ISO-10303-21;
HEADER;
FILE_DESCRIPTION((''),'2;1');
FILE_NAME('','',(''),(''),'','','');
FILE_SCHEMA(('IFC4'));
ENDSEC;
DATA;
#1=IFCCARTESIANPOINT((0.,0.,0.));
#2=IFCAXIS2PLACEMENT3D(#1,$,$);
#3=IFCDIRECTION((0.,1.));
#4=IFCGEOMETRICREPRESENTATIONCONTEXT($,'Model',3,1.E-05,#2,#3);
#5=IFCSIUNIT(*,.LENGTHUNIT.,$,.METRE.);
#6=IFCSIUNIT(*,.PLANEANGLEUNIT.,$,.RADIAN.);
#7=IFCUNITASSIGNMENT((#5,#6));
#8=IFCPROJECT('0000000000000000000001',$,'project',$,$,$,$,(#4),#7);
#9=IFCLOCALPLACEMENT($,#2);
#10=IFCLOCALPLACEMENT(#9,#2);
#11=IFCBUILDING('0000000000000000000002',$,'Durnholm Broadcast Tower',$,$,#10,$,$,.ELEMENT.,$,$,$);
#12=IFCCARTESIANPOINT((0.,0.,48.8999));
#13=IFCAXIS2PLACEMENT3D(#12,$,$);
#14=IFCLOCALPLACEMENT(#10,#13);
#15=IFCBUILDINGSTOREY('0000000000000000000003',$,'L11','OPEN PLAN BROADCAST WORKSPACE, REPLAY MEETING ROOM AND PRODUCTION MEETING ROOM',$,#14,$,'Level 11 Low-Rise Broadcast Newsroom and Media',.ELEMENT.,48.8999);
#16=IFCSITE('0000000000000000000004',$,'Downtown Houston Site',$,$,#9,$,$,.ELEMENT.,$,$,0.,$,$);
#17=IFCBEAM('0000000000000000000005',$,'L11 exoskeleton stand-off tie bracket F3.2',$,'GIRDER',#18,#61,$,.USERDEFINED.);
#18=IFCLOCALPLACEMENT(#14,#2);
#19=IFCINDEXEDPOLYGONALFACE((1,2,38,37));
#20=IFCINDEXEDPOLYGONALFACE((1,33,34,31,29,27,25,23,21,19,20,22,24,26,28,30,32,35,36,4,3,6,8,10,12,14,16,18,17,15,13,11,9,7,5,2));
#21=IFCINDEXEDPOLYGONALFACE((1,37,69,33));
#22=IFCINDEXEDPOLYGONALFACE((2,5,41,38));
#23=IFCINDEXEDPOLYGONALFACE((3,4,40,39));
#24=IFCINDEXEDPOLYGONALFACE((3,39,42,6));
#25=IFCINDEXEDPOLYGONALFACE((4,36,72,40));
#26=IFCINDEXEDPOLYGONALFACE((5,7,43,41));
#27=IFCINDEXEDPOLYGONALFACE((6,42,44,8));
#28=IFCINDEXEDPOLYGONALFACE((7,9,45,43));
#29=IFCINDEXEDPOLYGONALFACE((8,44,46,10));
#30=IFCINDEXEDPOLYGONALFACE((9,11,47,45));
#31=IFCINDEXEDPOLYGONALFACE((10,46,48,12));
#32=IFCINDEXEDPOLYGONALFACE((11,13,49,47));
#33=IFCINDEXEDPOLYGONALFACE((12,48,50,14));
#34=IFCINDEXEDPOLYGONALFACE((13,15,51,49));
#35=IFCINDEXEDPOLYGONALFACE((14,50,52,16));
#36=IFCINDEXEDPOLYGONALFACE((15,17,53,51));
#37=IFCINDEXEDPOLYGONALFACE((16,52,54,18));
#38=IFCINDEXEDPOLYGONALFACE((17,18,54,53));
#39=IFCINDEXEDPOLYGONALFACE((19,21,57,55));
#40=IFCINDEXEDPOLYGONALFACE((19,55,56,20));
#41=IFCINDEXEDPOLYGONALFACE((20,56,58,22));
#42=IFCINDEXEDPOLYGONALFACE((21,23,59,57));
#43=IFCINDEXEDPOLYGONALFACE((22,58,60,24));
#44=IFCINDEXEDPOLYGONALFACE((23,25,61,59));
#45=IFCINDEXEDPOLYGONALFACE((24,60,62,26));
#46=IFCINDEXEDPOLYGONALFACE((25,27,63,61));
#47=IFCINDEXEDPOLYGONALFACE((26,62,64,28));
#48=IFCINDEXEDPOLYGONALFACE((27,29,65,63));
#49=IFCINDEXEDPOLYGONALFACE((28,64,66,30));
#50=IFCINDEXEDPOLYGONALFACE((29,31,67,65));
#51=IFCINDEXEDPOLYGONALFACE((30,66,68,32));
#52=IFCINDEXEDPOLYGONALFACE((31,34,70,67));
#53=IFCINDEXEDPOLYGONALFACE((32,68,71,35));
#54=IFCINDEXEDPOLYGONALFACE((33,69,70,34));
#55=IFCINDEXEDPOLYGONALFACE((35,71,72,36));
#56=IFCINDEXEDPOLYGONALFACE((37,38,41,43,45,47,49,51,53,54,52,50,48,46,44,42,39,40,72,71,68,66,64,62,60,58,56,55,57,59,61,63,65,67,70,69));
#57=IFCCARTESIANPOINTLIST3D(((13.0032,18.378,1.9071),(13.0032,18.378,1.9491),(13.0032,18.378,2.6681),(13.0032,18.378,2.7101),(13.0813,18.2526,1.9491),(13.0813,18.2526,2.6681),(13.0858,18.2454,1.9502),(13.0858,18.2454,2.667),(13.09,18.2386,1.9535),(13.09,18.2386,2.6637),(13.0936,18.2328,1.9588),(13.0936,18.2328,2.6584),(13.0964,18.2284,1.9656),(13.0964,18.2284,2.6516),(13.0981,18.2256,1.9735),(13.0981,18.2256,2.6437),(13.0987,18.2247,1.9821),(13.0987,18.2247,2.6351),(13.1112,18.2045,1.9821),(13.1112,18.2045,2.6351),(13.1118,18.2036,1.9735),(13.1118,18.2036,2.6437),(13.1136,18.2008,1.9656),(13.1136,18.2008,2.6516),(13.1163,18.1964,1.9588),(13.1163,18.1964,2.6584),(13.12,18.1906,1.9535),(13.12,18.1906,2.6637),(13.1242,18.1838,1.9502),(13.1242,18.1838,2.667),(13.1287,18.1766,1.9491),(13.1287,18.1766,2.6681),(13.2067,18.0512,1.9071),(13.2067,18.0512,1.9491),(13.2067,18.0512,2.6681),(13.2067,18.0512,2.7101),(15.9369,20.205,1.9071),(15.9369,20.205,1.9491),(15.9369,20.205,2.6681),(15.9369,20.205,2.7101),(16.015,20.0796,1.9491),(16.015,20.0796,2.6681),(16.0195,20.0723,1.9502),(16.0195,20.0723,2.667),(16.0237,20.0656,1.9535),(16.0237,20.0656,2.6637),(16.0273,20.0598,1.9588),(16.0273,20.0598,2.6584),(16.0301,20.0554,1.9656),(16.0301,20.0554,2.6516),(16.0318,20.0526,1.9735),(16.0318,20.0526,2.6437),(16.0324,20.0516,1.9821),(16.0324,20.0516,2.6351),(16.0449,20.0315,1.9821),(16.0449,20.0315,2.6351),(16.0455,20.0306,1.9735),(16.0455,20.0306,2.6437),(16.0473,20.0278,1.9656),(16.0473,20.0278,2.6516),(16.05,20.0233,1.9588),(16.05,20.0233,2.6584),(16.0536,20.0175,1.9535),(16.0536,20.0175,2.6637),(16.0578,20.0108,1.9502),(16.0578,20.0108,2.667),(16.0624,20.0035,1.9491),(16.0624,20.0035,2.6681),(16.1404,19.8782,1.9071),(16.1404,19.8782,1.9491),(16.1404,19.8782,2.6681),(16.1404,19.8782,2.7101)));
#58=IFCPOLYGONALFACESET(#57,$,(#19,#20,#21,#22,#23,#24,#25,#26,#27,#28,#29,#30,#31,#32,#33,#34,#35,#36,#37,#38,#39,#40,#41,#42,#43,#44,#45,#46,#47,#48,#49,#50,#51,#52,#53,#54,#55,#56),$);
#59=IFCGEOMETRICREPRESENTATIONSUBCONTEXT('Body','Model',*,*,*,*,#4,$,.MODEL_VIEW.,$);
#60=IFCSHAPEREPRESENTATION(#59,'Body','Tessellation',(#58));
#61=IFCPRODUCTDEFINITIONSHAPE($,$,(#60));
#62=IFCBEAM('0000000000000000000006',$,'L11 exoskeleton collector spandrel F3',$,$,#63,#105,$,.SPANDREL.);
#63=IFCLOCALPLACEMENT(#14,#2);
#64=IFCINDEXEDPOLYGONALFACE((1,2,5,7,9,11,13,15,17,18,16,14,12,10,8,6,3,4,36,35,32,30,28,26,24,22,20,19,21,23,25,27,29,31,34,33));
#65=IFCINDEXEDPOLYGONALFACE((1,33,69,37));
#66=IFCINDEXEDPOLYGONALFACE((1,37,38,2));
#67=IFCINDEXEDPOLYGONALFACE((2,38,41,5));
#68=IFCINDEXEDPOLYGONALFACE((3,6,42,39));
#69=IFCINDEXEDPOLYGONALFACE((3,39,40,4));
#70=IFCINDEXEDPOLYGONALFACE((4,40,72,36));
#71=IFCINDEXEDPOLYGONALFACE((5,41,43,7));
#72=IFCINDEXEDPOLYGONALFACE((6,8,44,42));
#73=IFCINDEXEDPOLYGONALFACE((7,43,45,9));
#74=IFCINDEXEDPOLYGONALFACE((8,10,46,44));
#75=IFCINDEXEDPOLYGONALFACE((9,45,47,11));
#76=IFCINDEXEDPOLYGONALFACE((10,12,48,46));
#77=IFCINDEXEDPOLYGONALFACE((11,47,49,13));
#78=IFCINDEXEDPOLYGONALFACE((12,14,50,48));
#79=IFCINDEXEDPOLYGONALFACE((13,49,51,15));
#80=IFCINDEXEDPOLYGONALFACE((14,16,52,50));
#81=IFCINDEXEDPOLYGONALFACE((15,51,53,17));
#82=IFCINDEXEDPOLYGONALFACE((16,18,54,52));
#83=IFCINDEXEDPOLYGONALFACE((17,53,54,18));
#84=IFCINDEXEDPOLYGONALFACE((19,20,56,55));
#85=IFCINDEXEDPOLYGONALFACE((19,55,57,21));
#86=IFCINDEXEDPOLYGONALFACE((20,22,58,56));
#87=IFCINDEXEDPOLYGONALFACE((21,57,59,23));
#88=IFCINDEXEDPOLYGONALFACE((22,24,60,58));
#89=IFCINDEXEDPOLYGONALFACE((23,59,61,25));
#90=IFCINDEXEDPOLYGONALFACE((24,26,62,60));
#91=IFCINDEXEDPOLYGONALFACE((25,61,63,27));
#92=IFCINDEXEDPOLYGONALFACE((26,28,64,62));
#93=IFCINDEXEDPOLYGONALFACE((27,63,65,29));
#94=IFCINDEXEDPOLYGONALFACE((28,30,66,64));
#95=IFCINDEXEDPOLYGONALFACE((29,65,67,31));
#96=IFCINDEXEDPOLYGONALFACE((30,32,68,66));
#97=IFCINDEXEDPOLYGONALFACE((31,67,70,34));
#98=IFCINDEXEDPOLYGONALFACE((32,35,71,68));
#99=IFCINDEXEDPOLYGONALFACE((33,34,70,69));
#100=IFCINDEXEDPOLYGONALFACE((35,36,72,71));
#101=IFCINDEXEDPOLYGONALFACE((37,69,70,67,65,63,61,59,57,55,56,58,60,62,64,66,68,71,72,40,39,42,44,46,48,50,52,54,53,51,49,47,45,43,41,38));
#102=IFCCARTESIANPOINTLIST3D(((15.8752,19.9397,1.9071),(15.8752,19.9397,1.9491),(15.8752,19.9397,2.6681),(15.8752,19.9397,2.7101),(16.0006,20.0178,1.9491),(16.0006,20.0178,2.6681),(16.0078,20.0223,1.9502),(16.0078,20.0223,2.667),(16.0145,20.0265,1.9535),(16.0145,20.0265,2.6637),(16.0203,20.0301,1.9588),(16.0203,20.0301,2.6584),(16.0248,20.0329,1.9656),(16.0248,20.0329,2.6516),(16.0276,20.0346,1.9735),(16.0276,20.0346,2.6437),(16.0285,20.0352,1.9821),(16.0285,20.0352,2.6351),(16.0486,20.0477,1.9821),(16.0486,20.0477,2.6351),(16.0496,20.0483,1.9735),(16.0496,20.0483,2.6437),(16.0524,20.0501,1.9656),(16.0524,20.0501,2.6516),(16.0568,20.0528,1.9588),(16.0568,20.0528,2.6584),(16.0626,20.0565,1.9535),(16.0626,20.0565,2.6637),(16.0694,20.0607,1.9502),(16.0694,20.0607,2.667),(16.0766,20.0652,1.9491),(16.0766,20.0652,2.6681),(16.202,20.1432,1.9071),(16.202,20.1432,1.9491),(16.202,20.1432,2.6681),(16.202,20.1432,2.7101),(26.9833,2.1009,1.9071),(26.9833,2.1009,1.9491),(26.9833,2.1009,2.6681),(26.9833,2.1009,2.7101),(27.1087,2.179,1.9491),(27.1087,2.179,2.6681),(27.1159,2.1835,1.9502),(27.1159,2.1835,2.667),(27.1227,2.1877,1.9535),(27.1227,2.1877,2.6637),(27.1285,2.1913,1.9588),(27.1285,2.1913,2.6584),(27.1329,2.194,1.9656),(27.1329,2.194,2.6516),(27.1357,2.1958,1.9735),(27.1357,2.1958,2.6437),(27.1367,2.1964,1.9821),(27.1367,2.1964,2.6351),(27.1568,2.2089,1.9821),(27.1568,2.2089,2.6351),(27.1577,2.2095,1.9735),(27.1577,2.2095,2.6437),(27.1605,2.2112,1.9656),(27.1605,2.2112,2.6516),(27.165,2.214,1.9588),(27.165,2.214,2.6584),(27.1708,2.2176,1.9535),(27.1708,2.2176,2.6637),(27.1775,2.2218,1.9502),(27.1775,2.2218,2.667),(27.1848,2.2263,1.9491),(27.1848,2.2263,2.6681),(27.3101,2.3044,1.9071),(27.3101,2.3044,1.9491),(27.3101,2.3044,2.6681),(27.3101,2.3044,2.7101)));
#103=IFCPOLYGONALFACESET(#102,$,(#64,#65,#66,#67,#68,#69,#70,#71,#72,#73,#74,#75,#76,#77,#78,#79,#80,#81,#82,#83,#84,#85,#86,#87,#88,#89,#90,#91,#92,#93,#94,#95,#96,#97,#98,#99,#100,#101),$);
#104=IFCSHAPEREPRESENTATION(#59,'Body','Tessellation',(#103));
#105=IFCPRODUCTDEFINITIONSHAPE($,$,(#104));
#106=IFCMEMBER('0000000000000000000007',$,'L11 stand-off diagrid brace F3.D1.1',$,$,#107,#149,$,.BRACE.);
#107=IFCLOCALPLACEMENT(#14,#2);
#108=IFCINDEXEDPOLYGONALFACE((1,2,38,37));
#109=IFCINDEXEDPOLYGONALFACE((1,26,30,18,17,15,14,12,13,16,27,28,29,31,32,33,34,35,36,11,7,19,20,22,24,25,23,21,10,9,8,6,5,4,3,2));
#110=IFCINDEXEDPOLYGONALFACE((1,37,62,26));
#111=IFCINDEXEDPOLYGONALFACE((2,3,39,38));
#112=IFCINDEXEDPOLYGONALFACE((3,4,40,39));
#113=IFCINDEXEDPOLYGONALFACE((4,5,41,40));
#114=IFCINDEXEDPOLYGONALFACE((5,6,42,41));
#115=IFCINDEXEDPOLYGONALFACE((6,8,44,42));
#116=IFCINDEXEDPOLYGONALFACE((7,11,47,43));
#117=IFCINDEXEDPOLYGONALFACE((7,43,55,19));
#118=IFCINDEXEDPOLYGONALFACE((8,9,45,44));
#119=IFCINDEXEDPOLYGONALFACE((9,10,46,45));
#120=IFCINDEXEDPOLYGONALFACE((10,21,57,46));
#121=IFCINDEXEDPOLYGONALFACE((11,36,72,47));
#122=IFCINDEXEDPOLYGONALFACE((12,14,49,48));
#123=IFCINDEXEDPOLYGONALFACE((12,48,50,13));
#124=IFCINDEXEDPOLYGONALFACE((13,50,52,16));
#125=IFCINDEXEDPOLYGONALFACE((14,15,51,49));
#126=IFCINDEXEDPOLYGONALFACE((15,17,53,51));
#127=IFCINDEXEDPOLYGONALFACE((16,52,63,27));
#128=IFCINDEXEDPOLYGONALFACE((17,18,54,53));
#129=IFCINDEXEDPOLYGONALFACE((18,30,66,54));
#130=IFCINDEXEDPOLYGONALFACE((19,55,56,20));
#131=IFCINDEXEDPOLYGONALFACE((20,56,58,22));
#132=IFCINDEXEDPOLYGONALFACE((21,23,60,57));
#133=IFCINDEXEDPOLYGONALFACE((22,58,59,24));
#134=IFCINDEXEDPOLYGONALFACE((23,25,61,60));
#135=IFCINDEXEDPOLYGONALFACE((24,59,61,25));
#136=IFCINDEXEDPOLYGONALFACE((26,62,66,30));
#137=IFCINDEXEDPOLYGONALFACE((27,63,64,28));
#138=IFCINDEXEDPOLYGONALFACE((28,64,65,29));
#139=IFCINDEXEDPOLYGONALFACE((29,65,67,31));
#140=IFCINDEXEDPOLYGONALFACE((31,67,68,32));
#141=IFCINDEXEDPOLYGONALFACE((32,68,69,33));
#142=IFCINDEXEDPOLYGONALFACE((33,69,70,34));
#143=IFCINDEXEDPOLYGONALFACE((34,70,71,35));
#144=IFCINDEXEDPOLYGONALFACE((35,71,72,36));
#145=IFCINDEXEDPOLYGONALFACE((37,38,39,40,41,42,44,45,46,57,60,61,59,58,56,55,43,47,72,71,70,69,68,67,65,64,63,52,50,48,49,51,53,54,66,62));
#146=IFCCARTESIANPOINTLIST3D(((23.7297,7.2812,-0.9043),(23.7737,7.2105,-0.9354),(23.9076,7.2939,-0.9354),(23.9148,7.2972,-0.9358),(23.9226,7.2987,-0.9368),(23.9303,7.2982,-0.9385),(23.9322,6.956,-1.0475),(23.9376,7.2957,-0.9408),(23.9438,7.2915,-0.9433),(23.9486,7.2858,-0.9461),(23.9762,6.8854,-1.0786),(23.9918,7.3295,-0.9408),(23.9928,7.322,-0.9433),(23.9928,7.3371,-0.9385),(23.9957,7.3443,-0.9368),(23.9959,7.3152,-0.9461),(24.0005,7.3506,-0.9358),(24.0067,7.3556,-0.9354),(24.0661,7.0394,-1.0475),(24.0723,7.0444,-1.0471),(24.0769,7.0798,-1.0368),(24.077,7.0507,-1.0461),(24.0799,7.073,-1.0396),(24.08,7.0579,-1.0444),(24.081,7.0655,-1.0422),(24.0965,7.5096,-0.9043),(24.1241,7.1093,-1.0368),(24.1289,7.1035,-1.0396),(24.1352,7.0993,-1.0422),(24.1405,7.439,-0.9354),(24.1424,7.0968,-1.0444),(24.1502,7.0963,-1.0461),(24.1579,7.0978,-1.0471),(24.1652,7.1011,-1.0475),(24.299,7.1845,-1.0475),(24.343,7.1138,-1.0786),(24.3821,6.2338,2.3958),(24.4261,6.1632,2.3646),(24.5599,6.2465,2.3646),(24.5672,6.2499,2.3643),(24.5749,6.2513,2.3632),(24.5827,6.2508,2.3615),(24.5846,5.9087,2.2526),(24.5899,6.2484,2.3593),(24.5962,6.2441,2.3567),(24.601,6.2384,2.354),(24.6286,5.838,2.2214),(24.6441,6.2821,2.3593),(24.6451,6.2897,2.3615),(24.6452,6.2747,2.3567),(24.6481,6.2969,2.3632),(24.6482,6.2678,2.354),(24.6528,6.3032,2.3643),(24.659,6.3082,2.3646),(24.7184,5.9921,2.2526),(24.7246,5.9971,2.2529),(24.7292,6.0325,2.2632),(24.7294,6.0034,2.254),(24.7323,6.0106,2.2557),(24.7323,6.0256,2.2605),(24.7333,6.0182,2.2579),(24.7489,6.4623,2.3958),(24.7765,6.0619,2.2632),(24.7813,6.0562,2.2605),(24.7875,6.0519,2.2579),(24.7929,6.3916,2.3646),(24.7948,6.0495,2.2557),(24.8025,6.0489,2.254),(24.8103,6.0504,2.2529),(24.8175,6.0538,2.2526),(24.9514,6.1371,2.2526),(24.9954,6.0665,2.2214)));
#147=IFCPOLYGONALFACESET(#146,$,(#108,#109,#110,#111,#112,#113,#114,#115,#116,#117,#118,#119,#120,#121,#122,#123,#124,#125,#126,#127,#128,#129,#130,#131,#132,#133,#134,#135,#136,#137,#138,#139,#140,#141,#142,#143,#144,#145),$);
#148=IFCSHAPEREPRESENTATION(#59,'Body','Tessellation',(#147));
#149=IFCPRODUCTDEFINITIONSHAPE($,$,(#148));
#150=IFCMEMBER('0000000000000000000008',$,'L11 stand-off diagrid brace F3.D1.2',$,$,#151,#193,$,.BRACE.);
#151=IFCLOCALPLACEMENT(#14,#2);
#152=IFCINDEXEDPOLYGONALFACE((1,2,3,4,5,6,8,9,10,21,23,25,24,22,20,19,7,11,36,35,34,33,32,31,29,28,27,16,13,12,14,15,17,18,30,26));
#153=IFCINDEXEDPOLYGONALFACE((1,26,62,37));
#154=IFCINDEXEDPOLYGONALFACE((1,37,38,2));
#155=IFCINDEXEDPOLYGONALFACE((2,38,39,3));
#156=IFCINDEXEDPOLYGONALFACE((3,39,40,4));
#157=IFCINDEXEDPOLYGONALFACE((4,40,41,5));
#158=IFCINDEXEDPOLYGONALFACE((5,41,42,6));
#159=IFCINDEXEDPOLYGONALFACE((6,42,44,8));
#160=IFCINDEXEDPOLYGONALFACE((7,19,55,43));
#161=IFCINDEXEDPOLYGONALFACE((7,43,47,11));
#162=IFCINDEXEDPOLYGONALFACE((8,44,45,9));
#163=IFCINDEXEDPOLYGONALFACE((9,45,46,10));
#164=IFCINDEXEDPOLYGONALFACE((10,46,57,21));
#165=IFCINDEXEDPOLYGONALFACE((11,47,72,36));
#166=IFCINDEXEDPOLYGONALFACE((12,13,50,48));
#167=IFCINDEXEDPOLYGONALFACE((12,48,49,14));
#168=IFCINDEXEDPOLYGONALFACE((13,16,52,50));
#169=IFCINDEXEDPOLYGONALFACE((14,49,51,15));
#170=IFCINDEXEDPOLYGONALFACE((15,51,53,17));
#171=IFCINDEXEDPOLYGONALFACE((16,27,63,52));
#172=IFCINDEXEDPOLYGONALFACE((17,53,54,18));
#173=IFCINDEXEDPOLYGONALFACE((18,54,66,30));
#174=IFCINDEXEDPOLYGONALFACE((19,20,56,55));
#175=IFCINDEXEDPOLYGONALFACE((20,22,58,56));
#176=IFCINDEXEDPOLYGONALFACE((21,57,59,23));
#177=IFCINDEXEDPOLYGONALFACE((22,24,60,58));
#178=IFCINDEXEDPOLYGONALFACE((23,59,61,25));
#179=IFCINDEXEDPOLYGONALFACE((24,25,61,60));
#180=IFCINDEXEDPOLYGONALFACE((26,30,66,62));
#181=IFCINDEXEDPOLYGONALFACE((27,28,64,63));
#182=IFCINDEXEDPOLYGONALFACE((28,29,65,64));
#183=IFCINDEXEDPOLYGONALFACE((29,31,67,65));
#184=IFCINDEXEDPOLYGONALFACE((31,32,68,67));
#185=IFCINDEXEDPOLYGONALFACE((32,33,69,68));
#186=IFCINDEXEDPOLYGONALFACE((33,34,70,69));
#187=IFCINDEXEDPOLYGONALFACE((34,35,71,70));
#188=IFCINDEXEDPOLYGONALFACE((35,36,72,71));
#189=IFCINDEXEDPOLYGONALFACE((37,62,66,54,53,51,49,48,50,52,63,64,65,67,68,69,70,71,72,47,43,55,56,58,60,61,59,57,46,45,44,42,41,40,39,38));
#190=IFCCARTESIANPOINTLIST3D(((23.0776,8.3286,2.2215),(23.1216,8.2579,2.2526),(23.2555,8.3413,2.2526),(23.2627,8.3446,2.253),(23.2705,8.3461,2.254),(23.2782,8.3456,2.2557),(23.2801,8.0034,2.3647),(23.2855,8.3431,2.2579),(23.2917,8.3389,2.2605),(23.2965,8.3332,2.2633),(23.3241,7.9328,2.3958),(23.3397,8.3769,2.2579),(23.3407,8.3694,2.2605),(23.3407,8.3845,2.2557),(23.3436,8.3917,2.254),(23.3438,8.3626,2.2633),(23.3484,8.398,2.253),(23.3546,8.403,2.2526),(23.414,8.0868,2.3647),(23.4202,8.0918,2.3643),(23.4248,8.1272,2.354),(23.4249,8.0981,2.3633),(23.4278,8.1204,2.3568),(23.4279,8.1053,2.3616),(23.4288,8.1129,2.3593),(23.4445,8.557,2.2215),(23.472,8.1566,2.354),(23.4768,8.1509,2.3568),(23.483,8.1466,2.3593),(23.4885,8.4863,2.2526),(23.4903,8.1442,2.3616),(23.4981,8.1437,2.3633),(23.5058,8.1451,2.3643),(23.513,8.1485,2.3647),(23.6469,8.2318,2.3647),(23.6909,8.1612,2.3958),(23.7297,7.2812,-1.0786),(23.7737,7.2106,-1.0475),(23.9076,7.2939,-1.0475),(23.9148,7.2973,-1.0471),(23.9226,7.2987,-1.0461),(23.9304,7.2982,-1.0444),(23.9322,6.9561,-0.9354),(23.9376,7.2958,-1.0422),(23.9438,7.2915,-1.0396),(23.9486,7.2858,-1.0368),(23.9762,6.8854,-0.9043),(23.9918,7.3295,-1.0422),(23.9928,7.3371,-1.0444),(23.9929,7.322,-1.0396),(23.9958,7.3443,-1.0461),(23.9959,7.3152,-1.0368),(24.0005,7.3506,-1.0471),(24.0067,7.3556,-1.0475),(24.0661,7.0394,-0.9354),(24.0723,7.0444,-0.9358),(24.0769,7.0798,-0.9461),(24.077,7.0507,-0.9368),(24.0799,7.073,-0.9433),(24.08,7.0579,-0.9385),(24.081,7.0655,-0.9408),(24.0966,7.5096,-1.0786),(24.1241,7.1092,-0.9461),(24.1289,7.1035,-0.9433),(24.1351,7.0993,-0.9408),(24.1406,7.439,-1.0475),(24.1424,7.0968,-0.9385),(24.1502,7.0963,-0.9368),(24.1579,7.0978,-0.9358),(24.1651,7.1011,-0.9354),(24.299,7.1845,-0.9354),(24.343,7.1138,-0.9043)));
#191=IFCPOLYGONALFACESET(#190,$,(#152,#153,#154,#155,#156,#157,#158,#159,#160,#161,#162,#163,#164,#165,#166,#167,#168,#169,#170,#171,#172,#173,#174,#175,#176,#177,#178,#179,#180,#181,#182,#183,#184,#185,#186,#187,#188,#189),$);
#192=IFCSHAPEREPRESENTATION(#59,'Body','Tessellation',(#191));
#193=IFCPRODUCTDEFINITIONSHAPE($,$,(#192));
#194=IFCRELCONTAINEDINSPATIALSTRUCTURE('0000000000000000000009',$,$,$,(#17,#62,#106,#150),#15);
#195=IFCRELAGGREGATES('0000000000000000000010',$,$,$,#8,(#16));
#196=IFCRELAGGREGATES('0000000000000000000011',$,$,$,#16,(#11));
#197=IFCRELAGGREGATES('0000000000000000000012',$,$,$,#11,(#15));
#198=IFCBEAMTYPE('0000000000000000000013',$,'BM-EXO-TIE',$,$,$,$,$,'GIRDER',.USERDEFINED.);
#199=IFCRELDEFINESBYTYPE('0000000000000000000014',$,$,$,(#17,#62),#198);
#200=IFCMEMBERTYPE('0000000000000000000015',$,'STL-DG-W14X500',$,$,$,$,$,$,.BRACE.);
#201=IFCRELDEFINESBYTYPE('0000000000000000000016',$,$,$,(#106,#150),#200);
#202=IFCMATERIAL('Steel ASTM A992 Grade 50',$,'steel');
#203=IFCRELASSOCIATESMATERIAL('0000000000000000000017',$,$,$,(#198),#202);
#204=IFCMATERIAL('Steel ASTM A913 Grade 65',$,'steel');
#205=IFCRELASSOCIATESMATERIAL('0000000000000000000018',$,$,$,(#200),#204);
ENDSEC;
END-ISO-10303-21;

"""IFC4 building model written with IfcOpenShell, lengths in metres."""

from ifc_helpers import new_model, si_unit, direction, frame, origin, origin_2d, place, context, subcontext, project, spatial, i_section, extrude, source, transform, mapped, material, material_profile, profile_set, type_object, type_shapes, element, save


model = new_model("IFC4")

# Units and contexts
model_context = context("Model", 3, precision=1e-05, world=origin(), true_north=direction((0.0, 1.0)))
body_context = subcontext(model_context, "Body", "Model", "MODEL_VIEW")
ifc_project = project(units=[si_unit("LENGTHUNIT", "METRE"), si_unit("PLANEANGLEUNIT", "RADIAN")], contexts=[model_context])

# Site, building, storey
site_placement = place(None, origin())
site = spatial("IfcSite", under=ifc_project, at=site_placement, Name="Downtown Houston Site", CompositionType="ELEMENT", RefElevation=0.0)
building_placement = place(site_placement, origin())
building = spatial("IfcBuilding", under=site, at=building_placement, Name="Durnholm Broadcast Tower", CompositionType="ELEMENT")
storey_placement = place(building_placement, frame((0.0, 0.0, 48.8999)))
storey = spatial("IfcBuildingStorey", under=building, at=storey_placement, Name="L11", Description="OPEN PLAN BROADCAST WORKSPACE, REPLAY MEETING ROOM AND PRODUCTION MEETING ROOM", LongName="Level 11 Low-Rise Broadcast Newsroom and Media", CompositionType="ELEMENT", Elevation=48.8999)

# Beams
ifc_material_1 = material(Name="Steel ASTM A992 Grade 50", Category="steel")
ifc_material_profile_1 = material_profile(ifc_material_1, i_section(OverallWidth=0.385, OverallDepth=0.803, WebThickness=0.0237, FlangeThickness=0.042, FilletRadius=0.033, at=origin_2d()), Name="W30X261")
ifc_profile_set_1 = profile_set([ifc_material_profile_1], Name="Steel ASTM A992 Grade 50")
beam_type_1 = type_object("IfcBeamType", Name="BM-EXO-TIE", ElementType="GIRDER", PredefinedType="USERDEFINED", material=ifc_profile_set_1)
shared_shape_1 = source(origin(), body_context, "Body", "SweptSolid", [
    extrude(i_section(OverallWidth=0.385, OverallDepth=0.803, WebThickness=0.0237, FlangeThickness=0.042, FilletRadius=0.033, at=origin_2d()), origin(), (0.0, 0.0, 1.0), 3.4561),
])
for number, where, z_axis, x_axis, name in (
    (1, (13.105, 18.2146, 2.3086), (0.848854, 0.528627, 0.0), (-0.528627, 0.848854, 0.0), "L11 exoskeleton stand-off tie bracket F3.2"),
):
    element("IfcBeam", number, at=place(storey_placement, frame(where, z_axis=z_axis, x_axis=x_axis)), inside=storey, type_object=beam_type_1, Name=name, ObjectType="GIRDER", PredefinedType="USERDEFINED", context=body_context, shape_type="MappedRepresentation", body=[
        mapped(shared_shape_1, transform((0.0, 0.0, 0.0), x_axis=(1.0, 0.0, 0.0), y_axis=(0.0, 1.0, 0.0), z_axis=(0.0, 0.0, 1.0), scale=1.0)),
    ])
shared_shape_2 = source(origin(), body_context, "Body", "SweptSolid", [
    extrude(i_section(OverallWidth=0.385, OverallDepth=0.803, WebThickness=0.0237, FlangeThickness=0.042, FilletRadius=0.033, at=origin_2d()), origin(), (0.0, 0.0, 1.0), 21.0146),
])
type_shapes(beam_type_1, [shared_shape_1, shared_shape_2])
beam_1_placement = place(storey_placement, frame((27.1467, 2.2026, 2.3086), z_axis=(-0.528591, 0.848877, 0.0), x_axis=(-0.848877, -0.528591, 0.0)))
element("IfcBeam", 2, at=beam_1_placement, inside=storey, type_object=beam_type_1, Name="L11 exoskeleton collector spandrel F3", PredefinedType="SPANDREL", context=body_context, shape_type="MappedRepresentation", body=[
    mapped(shared_shape_2, transform((0.0, 0.0, 0.0), x_axis=(1.0, 0.0, 0.0), y_axis=(0.0, 1.0, 0.0), z_axis=(0.0, 0.0, 1.0), scale=1.0)),
])

# Members
ifc_material_2 = material(Name="Steel ASTM A913 Grade 65", Category="steel")
ifc_material_profile_2 = material_profile(ifc_material_2, i_section(OverallWidth=0.4321, OverallDepth=0.4978, WebThickness=0.0557, FlangeThickness=0.0889, FilletRadius=0.0305, at=origin_2d()), Name="W14X500")
ifc_profile_set_2 = profile_set([ifc_material_profile_2], Name="Steel ASTM A913 Grade 65")
member_type_1 = type_object("IfcMemberType", Name="STL-DG-W14X500", PredefinedType="BRACE", material=ifc_profile_set_2)
shared_shape_3 = source(origin(), body_context, "Body", "SweptSolid", [
    extrude(i_section(OverallWidth=0.4321, OverallDepth=0.4978, WebThickness=0.0557, FlangeThickness=0.0889, FilletRadius=0.0305, at=origin_2d()), origin(), (0.0, 0.0, 1.0), 3.5232),
])
type_shapes(member_type_1, [shared_shape_3])
for number, where, z_axis, x_axis, name in (
    (3, (24.0364, 7.1975, -0.9915), (0.185157, -0.297277, 0.936666), (0.84882, 0.528682, 0.0), "L11 stand-off diagrid brace F3.D1.1"),
    (4, (24.0364, 7.1975, -0.9915), (-0.18509, 0.297281, 0.936678), (-0.848909, -0.52854, 0.0), "L11 stand-off diagrid brace F3.D1.2"),
):
    element("IfcMember", number, at=place(storey_placement, frame(where, z_axis=z_axis, x_axis=x_axis)), inside=storey, type_object=member_type_1, Name=name, PredefinedType="BRACE", context=body_context, shape_type="MappedRepresentation", body=[
        mapped(shared_shape_3, transform((0.0, 0.0, 0.0), x_axis=(1.0, 0.0, 0.0), y_axis=(0.0, 1.0, 0.0), z_axis=(0.0, 0.0, 1.0), scale=1.0)),
    ])

save(model, "model.ifc")
